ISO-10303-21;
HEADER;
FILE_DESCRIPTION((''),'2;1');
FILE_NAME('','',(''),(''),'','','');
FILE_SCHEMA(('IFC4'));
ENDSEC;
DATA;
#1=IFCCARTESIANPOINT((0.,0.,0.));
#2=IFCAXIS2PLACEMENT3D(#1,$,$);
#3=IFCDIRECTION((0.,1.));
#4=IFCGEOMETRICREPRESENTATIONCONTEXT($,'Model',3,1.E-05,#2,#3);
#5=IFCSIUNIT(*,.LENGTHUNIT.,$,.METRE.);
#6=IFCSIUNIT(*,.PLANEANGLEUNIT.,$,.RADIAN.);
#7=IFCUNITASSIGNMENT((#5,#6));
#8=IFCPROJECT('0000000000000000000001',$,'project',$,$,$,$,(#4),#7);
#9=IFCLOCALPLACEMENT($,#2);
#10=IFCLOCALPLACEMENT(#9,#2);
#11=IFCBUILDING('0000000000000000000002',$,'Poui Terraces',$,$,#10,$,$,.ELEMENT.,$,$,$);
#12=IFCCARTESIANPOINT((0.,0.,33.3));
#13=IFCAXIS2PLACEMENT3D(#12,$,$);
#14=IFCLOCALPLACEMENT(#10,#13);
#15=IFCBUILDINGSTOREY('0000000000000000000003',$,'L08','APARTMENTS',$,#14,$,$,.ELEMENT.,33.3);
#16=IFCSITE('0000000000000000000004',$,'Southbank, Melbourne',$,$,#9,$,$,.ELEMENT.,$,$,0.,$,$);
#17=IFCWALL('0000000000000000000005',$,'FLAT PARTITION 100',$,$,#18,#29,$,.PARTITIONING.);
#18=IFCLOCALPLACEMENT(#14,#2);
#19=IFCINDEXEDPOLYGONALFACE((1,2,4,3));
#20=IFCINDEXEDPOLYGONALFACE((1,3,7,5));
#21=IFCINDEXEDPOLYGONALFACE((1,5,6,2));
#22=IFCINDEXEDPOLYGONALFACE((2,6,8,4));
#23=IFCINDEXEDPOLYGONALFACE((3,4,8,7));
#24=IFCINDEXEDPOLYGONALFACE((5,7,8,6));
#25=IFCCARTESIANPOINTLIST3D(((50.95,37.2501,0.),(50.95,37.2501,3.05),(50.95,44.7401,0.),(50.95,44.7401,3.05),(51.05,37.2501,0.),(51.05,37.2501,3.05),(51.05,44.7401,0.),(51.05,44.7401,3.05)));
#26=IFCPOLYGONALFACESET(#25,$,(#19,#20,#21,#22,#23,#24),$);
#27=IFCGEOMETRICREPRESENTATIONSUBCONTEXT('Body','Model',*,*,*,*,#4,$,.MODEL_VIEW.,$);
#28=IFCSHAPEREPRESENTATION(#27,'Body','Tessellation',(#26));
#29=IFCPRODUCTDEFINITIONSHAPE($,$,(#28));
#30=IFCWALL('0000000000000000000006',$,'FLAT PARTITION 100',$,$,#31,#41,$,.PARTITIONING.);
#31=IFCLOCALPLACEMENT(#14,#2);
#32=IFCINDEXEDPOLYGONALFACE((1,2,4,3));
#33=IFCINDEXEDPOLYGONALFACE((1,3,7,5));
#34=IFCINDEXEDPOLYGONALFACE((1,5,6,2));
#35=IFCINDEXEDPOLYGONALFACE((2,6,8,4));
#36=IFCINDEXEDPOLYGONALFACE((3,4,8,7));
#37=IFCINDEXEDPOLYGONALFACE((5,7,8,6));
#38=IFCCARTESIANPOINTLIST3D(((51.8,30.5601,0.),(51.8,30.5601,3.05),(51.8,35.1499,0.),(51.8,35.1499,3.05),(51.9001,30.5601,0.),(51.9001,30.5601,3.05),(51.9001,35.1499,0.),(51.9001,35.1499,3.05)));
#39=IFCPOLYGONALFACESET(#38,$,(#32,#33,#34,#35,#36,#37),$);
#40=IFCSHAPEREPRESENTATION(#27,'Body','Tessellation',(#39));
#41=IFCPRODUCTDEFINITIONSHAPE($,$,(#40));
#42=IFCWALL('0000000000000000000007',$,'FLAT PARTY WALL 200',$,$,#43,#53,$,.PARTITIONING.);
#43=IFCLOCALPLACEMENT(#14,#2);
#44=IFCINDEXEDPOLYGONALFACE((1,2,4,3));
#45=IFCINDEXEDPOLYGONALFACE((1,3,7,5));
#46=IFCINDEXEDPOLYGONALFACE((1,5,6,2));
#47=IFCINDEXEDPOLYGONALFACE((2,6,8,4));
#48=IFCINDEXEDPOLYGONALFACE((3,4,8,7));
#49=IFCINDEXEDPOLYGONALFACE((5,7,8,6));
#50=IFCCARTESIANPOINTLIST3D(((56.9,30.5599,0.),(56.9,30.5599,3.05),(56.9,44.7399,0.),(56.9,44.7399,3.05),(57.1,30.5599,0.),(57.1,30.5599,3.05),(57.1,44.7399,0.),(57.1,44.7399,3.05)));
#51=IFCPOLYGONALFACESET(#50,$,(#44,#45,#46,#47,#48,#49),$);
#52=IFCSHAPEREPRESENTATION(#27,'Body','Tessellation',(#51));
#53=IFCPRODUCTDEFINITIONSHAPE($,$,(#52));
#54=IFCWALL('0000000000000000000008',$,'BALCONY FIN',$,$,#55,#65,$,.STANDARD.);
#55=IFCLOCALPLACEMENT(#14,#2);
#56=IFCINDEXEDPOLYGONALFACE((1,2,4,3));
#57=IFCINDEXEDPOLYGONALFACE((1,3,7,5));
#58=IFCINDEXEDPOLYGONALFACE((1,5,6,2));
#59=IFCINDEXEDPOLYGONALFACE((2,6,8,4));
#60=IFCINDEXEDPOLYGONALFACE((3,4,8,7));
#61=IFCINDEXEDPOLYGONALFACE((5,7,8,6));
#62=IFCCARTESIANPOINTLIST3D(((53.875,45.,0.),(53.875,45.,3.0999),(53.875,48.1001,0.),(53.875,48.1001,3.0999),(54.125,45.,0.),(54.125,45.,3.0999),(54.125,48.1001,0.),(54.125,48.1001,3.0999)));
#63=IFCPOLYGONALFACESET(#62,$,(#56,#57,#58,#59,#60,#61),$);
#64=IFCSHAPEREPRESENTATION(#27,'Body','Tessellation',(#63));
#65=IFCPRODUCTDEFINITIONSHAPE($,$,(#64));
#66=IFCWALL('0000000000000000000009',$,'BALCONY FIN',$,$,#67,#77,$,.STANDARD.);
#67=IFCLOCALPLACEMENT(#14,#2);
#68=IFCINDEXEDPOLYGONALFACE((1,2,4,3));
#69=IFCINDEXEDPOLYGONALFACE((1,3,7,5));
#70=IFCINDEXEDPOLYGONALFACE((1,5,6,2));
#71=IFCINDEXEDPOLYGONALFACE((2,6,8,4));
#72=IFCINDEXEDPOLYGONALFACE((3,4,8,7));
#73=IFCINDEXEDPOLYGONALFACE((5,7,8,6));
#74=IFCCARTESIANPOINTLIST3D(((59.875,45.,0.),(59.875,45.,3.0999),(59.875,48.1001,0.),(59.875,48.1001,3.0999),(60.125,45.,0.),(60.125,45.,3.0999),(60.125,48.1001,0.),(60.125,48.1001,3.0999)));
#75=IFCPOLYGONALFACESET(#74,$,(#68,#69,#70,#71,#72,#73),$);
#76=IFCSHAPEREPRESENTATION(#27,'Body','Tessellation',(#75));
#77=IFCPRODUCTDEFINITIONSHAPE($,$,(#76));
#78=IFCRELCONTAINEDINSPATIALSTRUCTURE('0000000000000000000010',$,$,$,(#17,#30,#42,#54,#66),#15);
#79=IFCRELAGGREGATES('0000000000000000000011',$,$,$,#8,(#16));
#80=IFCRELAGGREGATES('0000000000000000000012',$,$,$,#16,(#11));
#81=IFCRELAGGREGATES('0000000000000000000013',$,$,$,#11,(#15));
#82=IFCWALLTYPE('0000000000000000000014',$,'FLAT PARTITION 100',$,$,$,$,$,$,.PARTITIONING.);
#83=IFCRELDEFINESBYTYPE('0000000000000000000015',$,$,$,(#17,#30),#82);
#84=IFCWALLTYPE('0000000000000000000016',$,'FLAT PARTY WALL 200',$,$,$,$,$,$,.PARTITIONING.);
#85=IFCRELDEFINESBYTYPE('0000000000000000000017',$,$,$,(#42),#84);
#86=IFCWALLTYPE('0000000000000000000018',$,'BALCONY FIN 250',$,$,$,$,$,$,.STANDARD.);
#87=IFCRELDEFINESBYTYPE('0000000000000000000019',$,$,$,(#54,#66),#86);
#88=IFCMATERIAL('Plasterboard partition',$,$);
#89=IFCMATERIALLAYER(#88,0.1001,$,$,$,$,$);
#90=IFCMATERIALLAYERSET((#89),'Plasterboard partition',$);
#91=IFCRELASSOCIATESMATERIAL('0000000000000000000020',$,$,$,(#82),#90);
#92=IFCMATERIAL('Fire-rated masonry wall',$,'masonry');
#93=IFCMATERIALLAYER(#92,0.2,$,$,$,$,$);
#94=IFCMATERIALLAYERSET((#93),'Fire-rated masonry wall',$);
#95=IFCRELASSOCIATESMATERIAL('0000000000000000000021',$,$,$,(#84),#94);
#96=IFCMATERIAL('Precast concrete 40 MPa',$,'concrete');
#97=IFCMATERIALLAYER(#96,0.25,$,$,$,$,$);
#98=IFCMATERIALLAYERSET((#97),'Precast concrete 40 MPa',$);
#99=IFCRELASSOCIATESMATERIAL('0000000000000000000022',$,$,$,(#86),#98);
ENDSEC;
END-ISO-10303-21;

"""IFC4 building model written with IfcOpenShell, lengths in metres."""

from ifc_helpers import new_model, si_unit, direction, frame, frame_2d, origin, place, context, subcontext, project, spatial, polyline, rectangle, outline, extrude, source, transform, mapped, material, layer, layer_set, type_object, element, save


model = new_model("IFC4")

# Units and contexts
model_context = context("Model", 3, precision=1e-05, world=origin(), true_north=direction((0.0, 1.0)))
body_context = subcontext(model_context, "Body", "Model", "MODEL_VIEW")
ifc_project = project(units=[si_unit("LENGTHUNIT", "METRE"), si_unit("PLANEANGLEUNIT", "RADIAN")], contexts=[model_context])

# Site, building, storey
site_placement = place(None, origin())
site = spatial("IfcSite", under=ifc_project, at=site_placement, Name="Southbank, Melbourne", CompositionType="ELEMENT", RefElevation=0.0)
building_placement = place(site_placement, origin())
building = spatial("IfcBuilding", under=site, at=building_placement, Name="Poui Terraces", CompositionType="ELEMENT")
storey_placement = place(building_placement, frame((0.0, 0.0, 33.3)))
storey = spatial("IfcBuildingStorey", under=building, at=storey_placement, Name="L08", Description="APARTMENTS", CompositionType="ELEMENT", Elevation=33.3)

# Shared definitions
ifc_material_1 = material(Name="Plasterboard partition")
ifc_layer_1 = layer(ifc_material_1, 0.1001)
ifc_layer_set_1 = layer_set([ifc_layer_1], Name="Plasterboard partition")
wall_type_1 = type_object("IfcWallType", Name="FLAT PARTITION 100", PredefinedType="PARTITIONING", material=ifc_layer_set_1)

# Walls
wall_1_placement = place(storey_placement, frame((51.0, 37.25, 0.0), z_axis=(0.0, 0.0, 1.0), x_axis=(0.0, 1.0, 0.0)))
element("IfcWall", 1, at=wall_1_placement, inside=storey, type_object=wall_type_1, Name="FLAT PARTITION 100", PredefinedType="PARTITIONING", context=body_context, shape_type="SweptSolid", body=[
    extrude(rectangle(XDim=7.49, YDim=0.1001, at=frame_2d((3.7451, 0.0))), origin(), (0.0, 0.0, 1.0), 3.05),
])
wall_2_placement = place(storey_placement, frame((51.8501, 30.5601, 0.0), z_axis=(0.0, 0.0, 1.0), x_axis=(0.0, 1.0, 0.0)))
element("IfcWall", 2, at=wall_2_placement, inside=storey, type_object=wall_type_1, Name="FLAT PARTITION 100", PredefinedType="PARTITIONING", context=body_context, shape_type="SweptSolid", body=[
    extrude(rectangle(XDim=4.5898, YDim=0.1001, at=frame_2d((2.2949, 0.0))), origin(), (0.0, 0.0, 1.0), 3.05),
])
ifc_material_2 = material(Name="Fire-rated masonry wall", Category="masonry")
ifc_layer_2 = layer(ifc_material_2, 0.2)
ifc_layer_set_2 = layer_set([ifc_layer_2], Name="Fire-rated masonry wall")
wall_type_2 = type_object("IfcWallType", Name="FLAT PARTY WALL 200", PredefinedType="PARTITIONING", material=ifc_layer_set_2)
wall_3_placement = place(storey_placement, frame((57.0, 30.5601, 0.0), z_axis=(0.0, 0.0, 1.0), x_axis=(0.0, 1.0, 0.0)))
element("IfcWall", 3, at=wall_3_placement, inside=storey, type_object=wall_type_2, Name="FLAT PARTY WALL 200", PredefinedType="PARTITIONING", context=body_context, shape_type="SweptSolid", body=[
    extrude(rectangle(XDim=14.1799, YDim=0.2, at=frame_2d((7.0898, 0.0))), origin(), (0.0, 0.0, 1.0), 3.05),
])
ifc_material_3 = material(Name="Precast concrete 40 MPa", Category="concrete")
ifc_layer_3 = layer(ifc_material_3, 0.25)
ifc_layer_set_3 = layer_set([ifc_layer_3], Name="Precast concrete 40 MPa")
wall_type_3 = type_object("IfcWallType", Name="BALCONY FIN 250", PredefinedType="STANDARD", material=ifc_layer_set_3)
shared_shape_1 = source(origin(), body_context, "Body", "SweptSolid", [
    extrude(outline(polyline([(0.0, 0.0), (0.25, 0.0), (0.25, 3.1001), (0.0, 3.1001), (0.0, 0.0)])), origin(), (0.0, 0.0, 1.0), 3.0999),
])
for number, where, name in (
    (4, (53.875, 45.0, 0.0), "BALCONY FIN"),
    (5, (59.875, 45.0, 0.0), "BALCONY FIN"),
):
    element("IfcWall", number, at=place(storey_placement, frame(where)), inside=storey, type_object=wall_type_3, Name=name, PredefinedType="STANDARD", context=body_context, shape_type="MappedRepresentation", body=[
        mapped(shared_shape_1, transform((0.0, 0.0, 0.0))),
    ])

save(model, "model.ifc")
